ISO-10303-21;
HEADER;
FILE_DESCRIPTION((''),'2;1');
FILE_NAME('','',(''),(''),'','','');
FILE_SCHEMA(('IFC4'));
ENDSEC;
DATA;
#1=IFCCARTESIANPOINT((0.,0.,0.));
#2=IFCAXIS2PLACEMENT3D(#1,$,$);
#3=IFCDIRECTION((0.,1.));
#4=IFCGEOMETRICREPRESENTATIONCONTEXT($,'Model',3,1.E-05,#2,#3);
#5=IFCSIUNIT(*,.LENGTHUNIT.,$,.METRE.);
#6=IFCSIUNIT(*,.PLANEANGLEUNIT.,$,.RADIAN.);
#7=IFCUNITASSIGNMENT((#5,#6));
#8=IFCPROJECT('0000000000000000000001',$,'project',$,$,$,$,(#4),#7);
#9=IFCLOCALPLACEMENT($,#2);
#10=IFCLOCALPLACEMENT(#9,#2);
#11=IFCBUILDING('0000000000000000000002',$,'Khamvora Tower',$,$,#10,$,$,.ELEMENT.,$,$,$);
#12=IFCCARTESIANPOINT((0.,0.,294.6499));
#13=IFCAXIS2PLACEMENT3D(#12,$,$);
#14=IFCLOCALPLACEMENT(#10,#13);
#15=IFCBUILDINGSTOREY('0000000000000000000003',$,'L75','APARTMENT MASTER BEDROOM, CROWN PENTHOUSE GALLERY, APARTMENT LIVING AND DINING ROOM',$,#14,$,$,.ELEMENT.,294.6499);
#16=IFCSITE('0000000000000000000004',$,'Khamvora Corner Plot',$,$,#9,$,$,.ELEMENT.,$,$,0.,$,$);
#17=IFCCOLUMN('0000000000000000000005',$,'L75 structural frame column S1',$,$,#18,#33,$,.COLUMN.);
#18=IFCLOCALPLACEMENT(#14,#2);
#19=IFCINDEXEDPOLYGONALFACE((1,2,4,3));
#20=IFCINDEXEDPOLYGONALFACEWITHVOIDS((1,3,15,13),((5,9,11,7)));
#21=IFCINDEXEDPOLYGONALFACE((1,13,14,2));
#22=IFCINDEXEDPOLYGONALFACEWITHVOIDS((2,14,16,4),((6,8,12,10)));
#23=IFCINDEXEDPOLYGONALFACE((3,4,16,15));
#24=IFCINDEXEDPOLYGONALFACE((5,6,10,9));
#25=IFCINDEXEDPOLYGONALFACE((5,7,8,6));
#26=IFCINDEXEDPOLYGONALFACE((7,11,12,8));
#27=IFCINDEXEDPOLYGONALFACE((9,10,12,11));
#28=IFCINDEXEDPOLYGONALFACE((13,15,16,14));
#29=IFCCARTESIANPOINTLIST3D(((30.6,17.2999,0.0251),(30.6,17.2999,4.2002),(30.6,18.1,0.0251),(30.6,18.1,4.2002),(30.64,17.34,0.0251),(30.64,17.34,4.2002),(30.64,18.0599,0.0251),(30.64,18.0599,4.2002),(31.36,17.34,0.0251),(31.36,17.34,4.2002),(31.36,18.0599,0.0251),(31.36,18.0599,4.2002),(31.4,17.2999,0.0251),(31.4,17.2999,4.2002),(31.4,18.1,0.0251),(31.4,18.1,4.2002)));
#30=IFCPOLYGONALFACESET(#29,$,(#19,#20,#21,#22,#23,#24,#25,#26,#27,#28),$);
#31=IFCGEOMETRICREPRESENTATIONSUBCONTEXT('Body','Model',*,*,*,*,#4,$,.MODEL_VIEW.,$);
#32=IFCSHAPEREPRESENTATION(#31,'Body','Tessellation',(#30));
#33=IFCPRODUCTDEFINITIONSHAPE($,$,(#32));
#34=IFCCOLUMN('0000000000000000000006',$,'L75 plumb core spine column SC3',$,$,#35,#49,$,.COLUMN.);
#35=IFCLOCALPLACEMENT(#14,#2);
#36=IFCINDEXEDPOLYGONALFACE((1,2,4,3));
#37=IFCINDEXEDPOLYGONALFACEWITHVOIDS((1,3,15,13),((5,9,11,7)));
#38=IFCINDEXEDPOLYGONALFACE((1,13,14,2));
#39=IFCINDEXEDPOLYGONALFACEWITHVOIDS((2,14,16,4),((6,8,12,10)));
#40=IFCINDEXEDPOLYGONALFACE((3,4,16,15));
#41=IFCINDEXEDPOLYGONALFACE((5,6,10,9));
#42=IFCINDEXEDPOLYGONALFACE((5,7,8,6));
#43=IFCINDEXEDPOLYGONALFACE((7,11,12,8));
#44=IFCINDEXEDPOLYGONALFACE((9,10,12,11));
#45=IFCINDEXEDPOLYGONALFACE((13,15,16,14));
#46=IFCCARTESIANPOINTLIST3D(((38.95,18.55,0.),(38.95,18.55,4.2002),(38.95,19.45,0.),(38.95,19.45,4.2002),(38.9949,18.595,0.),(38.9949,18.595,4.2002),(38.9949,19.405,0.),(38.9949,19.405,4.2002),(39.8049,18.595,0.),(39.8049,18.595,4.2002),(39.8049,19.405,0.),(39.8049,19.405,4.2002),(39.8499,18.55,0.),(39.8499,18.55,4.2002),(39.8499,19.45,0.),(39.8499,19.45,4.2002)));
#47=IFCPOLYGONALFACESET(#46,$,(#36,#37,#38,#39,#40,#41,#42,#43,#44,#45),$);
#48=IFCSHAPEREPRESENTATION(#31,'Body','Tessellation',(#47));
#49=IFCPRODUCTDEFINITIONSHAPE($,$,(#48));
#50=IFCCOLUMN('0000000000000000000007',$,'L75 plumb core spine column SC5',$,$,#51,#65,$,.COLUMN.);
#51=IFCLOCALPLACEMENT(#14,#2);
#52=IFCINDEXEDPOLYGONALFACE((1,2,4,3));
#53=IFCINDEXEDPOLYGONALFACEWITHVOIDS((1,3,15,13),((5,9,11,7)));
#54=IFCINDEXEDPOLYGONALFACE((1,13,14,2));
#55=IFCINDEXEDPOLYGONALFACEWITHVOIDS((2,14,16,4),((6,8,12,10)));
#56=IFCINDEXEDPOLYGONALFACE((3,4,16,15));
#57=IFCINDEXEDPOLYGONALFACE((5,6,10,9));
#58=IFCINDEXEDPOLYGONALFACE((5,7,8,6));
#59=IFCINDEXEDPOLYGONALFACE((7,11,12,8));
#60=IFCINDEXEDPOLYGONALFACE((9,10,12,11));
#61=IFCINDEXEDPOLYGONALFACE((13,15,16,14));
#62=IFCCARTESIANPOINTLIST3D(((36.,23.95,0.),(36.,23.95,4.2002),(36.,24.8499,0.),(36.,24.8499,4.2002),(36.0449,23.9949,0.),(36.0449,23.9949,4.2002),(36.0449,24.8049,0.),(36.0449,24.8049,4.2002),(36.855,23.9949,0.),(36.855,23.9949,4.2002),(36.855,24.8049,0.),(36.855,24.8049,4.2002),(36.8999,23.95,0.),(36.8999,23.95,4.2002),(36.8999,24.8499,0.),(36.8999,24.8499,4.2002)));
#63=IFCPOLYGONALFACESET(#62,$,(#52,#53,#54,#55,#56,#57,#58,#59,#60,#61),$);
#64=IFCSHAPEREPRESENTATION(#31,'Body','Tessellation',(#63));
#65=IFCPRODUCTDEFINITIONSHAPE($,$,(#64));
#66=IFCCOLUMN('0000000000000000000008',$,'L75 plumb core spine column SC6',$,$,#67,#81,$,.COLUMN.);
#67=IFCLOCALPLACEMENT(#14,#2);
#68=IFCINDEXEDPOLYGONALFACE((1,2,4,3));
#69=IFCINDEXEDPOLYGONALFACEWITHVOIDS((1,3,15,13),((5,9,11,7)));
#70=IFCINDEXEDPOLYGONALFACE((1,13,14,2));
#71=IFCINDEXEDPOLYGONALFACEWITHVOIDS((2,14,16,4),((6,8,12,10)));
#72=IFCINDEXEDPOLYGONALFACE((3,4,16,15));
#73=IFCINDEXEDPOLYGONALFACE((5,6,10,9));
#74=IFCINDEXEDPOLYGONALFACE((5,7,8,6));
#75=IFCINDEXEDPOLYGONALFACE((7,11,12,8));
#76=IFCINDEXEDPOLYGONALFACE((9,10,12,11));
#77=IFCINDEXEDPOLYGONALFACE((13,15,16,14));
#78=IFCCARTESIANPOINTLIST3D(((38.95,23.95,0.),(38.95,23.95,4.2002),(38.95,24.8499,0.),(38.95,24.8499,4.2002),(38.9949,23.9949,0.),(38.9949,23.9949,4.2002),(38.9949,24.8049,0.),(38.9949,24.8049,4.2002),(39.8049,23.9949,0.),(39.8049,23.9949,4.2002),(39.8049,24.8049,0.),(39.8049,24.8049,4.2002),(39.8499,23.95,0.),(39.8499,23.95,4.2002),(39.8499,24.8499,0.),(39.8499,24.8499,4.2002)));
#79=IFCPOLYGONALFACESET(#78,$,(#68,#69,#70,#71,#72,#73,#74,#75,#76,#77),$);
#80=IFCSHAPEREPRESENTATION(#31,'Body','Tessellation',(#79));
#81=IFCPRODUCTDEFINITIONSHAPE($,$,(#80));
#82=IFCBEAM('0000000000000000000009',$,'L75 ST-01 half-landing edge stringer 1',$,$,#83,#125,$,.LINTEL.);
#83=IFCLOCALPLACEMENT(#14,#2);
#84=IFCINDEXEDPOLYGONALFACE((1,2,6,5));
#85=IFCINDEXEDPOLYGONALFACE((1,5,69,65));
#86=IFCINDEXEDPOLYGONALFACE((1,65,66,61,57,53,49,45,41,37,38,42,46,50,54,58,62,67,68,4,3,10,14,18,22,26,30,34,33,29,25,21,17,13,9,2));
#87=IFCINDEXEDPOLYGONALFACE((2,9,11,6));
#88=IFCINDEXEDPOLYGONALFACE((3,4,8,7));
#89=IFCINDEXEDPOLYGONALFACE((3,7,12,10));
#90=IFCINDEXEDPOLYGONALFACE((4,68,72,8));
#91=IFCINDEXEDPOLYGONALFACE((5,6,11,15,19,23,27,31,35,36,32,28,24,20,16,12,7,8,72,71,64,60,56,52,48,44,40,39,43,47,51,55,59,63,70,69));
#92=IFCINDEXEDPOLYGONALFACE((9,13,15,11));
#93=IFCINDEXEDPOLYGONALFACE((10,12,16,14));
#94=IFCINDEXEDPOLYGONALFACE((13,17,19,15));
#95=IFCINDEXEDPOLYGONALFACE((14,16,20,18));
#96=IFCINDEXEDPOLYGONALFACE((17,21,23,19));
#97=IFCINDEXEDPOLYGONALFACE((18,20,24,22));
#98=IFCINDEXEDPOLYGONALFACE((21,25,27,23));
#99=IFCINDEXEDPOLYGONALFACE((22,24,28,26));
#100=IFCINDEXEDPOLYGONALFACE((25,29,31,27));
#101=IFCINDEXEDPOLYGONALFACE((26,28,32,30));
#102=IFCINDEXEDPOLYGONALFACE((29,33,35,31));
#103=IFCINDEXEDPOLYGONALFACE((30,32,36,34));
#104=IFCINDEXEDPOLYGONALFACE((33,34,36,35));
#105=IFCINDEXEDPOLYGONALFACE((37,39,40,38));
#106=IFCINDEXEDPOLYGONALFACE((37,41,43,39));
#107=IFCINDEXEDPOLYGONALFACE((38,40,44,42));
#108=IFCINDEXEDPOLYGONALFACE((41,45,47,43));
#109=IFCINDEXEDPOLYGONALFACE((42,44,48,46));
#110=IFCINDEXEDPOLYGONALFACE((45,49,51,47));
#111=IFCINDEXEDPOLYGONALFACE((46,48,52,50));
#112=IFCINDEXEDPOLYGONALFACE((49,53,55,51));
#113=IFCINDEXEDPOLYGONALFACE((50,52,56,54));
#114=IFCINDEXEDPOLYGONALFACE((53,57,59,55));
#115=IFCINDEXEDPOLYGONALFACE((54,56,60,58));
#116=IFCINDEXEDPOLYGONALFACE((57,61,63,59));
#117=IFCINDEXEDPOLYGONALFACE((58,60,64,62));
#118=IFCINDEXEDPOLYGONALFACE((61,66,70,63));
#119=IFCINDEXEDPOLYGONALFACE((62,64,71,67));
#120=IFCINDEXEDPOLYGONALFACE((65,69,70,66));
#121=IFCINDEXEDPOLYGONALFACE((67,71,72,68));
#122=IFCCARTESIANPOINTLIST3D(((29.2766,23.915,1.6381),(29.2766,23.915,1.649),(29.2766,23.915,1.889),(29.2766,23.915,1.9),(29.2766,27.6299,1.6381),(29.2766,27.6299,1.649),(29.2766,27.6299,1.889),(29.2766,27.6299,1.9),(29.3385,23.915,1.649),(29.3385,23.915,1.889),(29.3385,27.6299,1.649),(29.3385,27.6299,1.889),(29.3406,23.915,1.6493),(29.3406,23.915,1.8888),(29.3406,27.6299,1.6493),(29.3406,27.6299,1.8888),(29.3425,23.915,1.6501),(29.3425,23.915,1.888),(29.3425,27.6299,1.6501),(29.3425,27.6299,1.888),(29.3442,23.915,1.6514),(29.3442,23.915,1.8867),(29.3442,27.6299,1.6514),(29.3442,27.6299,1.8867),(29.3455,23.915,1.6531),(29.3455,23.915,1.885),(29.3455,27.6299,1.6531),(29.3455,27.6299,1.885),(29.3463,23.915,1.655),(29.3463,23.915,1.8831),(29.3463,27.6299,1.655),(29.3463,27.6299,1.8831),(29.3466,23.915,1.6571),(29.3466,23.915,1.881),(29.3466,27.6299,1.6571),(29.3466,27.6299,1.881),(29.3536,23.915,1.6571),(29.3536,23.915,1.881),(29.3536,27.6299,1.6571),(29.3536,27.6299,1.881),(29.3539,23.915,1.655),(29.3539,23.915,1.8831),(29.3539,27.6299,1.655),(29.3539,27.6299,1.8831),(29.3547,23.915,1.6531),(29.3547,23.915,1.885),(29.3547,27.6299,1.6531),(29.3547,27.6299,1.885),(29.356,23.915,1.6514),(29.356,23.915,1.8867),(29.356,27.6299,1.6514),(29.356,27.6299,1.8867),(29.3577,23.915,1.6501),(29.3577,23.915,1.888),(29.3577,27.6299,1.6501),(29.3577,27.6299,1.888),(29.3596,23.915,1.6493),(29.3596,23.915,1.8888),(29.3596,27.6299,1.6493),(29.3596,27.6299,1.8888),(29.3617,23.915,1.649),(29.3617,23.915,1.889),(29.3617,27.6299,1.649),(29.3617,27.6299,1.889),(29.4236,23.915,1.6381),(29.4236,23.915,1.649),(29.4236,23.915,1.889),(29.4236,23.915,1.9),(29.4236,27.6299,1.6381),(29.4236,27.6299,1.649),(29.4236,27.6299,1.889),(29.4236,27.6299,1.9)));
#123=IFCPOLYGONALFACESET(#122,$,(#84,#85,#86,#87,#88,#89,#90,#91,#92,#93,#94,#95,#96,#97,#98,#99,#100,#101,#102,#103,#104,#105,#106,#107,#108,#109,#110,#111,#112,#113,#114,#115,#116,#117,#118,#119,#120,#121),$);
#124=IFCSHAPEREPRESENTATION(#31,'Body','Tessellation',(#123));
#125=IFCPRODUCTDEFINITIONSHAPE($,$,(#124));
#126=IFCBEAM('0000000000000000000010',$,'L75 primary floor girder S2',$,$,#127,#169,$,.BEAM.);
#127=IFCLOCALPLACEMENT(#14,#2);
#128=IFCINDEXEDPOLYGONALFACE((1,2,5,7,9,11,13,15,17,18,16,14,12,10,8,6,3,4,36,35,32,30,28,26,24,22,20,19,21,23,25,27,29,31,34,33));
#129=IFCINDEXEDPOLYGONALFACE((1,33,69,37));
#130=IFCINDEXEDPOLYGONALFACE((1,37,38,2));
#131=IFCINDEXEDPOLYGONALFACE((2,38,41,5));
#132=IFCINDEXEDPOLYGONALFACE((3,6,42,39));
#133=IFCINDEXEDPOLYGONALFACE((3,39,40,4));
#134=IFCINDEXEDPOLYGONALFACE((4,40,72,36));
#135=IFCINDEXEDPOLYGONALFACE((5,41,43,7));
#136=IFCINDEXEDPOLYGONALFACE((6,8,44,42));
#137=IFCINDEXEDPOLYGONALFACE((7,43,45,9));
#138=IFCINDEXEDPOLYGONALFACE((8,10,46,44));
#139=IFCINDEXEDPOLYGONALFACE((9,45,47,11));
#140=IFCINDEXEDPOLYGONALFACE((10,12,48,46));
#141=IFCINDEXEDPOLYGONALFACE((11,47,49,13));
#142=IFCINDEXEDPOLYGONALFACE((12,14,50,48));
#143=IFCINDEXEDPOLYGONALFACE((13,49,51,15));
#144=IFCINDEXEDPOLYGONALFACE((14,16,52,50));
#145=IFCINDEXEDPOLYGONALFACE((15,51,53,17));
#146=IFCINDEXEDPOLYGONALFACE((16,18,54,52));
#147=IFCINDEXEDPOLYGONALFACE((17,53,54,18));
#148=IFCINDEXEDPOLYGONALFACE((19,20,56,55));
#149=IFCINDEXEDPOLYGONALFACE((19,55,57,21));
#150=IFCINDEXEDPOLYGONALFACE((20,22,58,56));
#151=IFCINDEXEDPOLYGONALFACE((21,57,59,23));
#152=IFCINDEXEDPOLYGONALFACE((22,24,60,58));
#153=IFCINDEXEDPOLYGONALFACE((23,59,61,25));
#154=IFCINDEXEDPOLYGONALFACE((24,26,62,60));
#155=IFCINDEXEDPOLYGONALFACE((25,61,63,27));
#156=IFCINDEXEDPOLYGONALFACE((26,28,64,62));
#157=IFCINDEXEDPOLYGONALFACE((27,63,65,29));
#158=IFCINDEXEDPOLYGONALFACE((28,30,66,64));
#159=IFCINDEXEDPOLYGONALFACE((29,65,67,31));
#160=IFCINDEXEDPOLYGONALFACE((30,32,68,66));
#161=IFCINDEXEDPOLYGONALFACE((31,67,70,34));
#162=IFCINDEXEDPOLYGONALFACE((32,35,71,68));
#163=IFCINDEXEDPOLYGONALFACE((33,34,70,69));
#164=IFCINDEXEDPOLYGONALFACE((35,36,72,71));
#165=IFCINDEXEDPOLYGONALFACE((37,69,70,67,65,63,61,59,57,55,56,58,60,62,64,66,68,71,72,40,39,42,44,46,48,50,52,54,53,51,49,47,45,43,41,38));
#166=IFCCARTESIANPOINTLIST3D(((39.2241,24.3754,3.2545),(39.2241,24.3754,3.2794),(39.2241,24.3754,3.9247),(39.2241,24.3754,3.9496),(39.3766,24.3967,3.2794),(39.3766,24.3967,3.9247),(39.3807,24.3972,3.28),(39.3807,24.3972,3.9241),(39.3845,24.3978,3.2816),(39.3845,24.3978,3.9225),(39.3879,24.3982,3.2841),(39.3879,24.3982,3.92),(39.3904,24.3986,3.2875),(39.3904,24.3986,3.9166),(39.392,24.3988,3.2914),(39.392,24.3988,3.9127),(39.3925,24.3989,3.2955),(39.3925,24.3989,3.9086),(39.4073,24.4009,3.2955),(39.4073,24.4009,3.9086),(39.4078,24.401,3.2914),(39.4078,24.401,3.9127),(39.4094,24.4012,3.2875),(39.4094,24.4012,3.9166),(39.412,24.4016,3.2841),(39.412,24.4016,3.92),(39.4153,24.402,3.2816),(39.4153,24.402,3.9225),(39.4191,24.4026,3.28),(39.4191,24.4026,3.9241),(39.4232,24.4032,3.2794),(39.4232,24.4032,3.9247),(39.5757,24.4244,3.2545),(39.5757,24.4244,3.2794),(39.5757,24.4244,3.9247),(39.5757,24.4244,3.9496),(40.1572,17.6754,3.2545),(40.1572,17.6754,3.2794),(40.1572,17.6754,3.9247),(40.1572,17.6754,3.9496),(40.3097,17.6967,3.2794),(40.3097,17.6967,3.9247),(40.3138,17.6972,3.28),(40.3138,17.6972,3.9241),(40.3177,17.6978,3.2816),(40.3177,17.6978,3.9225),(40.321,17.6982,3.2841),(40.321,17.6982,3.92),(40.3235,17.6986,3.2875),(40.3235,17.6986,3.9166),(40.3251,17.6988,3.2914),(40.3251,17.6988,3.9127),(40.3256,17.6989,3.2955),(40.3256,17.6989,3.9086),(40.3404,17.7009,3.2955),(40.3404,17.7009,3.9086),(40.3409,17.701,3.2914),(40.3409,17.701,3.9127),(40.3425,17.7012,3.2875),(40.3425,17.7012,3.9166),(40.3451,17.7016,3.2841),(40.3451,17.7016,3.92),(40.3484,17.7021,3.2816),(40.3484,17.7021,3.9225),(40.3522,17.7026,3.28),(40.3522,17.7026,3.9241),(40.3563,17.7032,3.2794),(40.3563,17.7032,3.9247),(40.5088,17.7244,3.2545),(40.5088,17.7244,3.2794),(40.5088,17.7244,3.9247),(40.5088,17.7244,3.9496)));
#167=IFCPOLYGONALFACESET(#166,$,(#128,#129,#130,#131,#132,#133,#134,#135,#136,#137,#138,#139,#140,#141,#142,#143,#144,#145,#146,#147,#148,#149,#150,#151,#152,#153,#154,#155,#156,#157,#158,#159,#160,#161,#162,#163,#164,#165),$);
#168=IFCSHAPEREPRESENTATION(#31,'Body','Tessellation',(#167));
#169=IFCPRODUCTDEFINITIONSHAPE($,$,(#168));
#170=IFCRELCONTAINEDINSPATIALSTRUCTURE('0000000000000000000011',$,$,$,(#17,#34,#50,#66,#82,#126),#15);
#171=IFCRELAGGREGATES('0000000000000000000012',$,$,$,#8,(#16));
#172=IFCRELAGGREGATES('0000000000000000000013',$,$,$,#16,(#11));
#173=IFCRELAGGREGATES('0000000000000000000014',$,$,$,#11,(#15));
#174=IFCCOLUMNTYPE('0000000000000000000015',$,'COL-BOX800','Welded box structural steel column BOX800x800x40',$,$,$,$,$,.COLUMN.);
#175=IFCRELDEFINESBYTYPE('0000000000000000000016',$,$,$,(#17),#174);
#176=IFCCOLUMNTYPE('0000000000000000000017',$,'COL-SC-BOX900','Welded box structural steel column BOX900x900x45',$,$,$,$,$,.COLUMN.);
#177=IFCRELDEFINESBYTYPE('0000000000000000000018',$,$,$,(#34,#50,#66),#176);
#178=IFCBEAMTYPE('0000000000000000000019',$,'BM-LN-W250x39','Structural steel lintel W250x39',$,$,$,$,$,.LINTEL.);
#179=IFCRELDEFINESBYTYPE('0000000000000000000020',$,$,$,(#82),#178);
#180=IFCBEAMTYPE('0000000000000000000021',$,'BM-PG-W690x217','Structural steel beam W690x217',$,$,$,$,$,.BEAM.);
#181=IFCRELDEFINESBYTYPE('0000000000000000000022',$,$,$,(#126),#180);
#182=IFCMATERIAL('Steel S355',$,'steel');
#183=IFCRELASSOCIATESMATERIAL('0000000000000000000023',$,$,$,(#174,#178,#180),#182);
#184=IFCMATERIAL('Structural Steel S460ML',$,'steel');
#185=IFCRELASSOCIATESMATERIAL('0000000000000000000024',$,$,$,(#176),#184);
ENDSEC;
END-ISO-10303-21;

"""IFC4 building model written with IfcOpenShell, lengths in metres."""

from ifc_helpers import new_model, si_unit, direction, frame, origin, origin_2d, place, context, subcontext, project, spatial, hollow_rectangle, i_section, extrude, material, material_profile, profile_set, type_object, element, save


model = new_model("IFC4")

# Units and contexts
model_context = context("Model", 3, precision=1e-05, world=origin(), true_north=direction((0.0, 1.0)))
body_context = subcontext(model_context, "Body", "Model", "MODEL_VIEW")
ifc_project = project(units=[si_unit("LENGTHUNIT", "METRE"), si_unit("PLANEANGLEUNIT", "RADIAN")], contexts=[model_context])

# Site, building, storey
site_placement = place(None, origin())
site = spatial("IfcSite", under=ifc_project, at=site_placement, Name="Khamvora Corner Plot", CompositionType="ELEMENT", RefElevation=0.0)
building_placement = place(site_placement, origin())
building = spatial("IfcBuilding", under=site, at=building_placement, Name="Khamvora Tower", CompositionType="ELEMENT")
storey_placement = place(building_placement, frame((0.0, 0.0, 294.6499)))
storey = spatial("IfcBuildingStorey", under=building, at=storey_placement, Name="L75", Description="APARTMENT MASTER BEDROOM, CROWN PENTHOUSE GALLERY, APARTMENT LIVING AND DINING ROOM", CompositionType="ELEMENT", Elevation=294.6499)

# Columns
ifc_material_1 = material(Name="Steel S355", Category="steel")
ifc_material_profile_1 = material_profile(ifc_material_1, hollow_rectangle(XDim=0.8, YDim=0.8, WallThickness=0.04, at=origin_2d()), Name="BOX800x800x40")
ifc_profile_set_1 = profile_set([ifc_material_profile_1], Name="Steel S355")
column_type_1 = type_object("IfcColumnType", Name="COL-BOX800", Description="Welded box structural steel column BOX800x800x40", PredefinedType="COLUMN", material=ifc_profile_set_1)
column_placement = place(storey_placement, frame((31.0, 17.7, 0.0251), z_axis=(0.0, 0.0, 1.0), x_axis=(1.0, 0.0, 0.0)))
element("IfcColumn", 1, at=column_placement, inside=storey, type_object=column_type_1, Name="L75 structural frame column S1", PredefinedType="COLUMN", context=body_context, shape_type="SweptSolid", body=[
    extrude(hollow_rectangle(XDim=0.8, YDim=0.8, WallThickness=0.04, at=origin_2d()), origin(), (0.0, 0.0, 1.0), 4.175),
])
ifc_material_2 = material(Name="Structural Steel S460ML", Category="steel")
ifc_material_profile_2 = material_profile(ifc_material_2, hollow_rectangle(XDim=0.8999, YDim=0.8999, WallThickness=0.0449, at=origin_2d()), Name="BOX900x900x45")
ifc_profile_set_2 = profile_set([ifc_material_profile_2], Name="Structural Steel S460ML")
column_type_2 = type_object("IfcColumnType", Name="COL-SC-BOX900", Description="Welded box structural steel column BOX900x900x45", PredefinedType="COLUMN", material=ifc_profile_set_2)
for number, where, z_axis, x_axis, name in (
    (2, (39.3999, 19.0, 0.0), (0.0, 0.0, 1.0), (1.0, 0.0, 0.0), "L75 plumb core spine column SC3"),
    (3, (36.45, 24.3999, 0.0), (0.0, 0.0, 1.0), (1.0, 0.0, 0.0), "L75 plumb core spine column SC5"),
    (4, (39.3999, 24.3999, 0.0), (0.0, 0.0, 1.0), (1.0, 0.0, 0.0), "L75 plumb core spine column SC6"),
):
    element("IfcColumn", number, at=place(storey_placement, frame(where, z_axis=z_axis, x_axis=x_axis)), inside=storey, type_object=column_type_2, Name=name, PredefinedType="COLUMN", context=body_context, shape_type="SweptSolid", body=[
        extrude(hollow_rectangle(XDim=0.8999, YDim=0.8999, WallThickness=0.0449, at=origin_2d()), origin(), (0.0, 0.0, 1.0), 4.2002),
    ])

# Beams
ifc_material_profile_3 = material_profile(ifc_material_1, i_section(OverallWidth=0.147, OverallDepth=0.262, WebThickness=0.0071, FlangeThickness=0.011, FilletRadius=0.0081, at=origin_2d()), Name="W250x39")
ifc_profile_set_3 = profile_set([ifc_material_profile_3], Name="Steel S355")
beam_type_1 = type_object("IfcBeamType", Name="BM-LN-W250x39", Description="Structural steel lintel W250x39", PredefinedType="LINTEL", material=ifc_profile_set_3)
beam_1_placement = place(storey_placement, frame((29.3501, 23.915, 1.769), z_axis=(0.0, 1.0, 0.0), x_axis=(-1.0, 0.0, 0.0)))
element("IfcBeam", 5, at=beam_1_placement, inside=storey, type_object=beam_type_1, Name="L75 ST-01 half-landing edge stringer 1", PredefinedType="LINTEL", context=body_context, shape_type="SweptSolid", body=[
    extrude(i_section(OverallWidth=0.147, OverallDepth=0.262, WebThickness=0.0071, FlangeThickness=0.011, FilletRadius=0.0081, at=origin_2d()), origin(), (0.0, 0.0, 1.0), 3.7148),
])
ifc_material_profile_4 = material_profile(ifc_material_1, i_section(OverallWidth=0.355, OverallDepth=0.6951, WebThickness=0.0149, FlangeThickness=0.0249, FilletRadius=0.0161, at=origin_2d()), Name="W690x217")
ifc_profile_set_4 = profile_set([ifc_material_profile_4], Name="Steel S355")
beam_type_2 = type_object("IfcBeamType", Name="BM-PG-W690x217", Description="Structural steel beam W690x217", PredefinedType="BEAM", material=ifc_profile_set_4)
beam_2_placement = place(storey_placement, frame((39.3999, 24.3999, 3.6021), z_axis=(0.137939, -0.990441, 0.0), x_axis=(0.990441, 0.137939, 0.0)))
element("IfcBeam", 6, at=beam_2_placement, inside=storey, type_object=beam_type_2, Name="L75 primary floor girder S2", PredefinedType="BEAM", context=body_context, shape_type="SweptSolid", body=[
    extrude(i_section(OverallWidth=0.355, OverallDepth=0.6951, WebThickness=0.0149, FlangeThickness=0.0249, FilletRadius=0.0161, at=origin_2d()), origin(), (0.0, 0.0, 1.0), 6.7646),
])

save(model, "model.ifc")
